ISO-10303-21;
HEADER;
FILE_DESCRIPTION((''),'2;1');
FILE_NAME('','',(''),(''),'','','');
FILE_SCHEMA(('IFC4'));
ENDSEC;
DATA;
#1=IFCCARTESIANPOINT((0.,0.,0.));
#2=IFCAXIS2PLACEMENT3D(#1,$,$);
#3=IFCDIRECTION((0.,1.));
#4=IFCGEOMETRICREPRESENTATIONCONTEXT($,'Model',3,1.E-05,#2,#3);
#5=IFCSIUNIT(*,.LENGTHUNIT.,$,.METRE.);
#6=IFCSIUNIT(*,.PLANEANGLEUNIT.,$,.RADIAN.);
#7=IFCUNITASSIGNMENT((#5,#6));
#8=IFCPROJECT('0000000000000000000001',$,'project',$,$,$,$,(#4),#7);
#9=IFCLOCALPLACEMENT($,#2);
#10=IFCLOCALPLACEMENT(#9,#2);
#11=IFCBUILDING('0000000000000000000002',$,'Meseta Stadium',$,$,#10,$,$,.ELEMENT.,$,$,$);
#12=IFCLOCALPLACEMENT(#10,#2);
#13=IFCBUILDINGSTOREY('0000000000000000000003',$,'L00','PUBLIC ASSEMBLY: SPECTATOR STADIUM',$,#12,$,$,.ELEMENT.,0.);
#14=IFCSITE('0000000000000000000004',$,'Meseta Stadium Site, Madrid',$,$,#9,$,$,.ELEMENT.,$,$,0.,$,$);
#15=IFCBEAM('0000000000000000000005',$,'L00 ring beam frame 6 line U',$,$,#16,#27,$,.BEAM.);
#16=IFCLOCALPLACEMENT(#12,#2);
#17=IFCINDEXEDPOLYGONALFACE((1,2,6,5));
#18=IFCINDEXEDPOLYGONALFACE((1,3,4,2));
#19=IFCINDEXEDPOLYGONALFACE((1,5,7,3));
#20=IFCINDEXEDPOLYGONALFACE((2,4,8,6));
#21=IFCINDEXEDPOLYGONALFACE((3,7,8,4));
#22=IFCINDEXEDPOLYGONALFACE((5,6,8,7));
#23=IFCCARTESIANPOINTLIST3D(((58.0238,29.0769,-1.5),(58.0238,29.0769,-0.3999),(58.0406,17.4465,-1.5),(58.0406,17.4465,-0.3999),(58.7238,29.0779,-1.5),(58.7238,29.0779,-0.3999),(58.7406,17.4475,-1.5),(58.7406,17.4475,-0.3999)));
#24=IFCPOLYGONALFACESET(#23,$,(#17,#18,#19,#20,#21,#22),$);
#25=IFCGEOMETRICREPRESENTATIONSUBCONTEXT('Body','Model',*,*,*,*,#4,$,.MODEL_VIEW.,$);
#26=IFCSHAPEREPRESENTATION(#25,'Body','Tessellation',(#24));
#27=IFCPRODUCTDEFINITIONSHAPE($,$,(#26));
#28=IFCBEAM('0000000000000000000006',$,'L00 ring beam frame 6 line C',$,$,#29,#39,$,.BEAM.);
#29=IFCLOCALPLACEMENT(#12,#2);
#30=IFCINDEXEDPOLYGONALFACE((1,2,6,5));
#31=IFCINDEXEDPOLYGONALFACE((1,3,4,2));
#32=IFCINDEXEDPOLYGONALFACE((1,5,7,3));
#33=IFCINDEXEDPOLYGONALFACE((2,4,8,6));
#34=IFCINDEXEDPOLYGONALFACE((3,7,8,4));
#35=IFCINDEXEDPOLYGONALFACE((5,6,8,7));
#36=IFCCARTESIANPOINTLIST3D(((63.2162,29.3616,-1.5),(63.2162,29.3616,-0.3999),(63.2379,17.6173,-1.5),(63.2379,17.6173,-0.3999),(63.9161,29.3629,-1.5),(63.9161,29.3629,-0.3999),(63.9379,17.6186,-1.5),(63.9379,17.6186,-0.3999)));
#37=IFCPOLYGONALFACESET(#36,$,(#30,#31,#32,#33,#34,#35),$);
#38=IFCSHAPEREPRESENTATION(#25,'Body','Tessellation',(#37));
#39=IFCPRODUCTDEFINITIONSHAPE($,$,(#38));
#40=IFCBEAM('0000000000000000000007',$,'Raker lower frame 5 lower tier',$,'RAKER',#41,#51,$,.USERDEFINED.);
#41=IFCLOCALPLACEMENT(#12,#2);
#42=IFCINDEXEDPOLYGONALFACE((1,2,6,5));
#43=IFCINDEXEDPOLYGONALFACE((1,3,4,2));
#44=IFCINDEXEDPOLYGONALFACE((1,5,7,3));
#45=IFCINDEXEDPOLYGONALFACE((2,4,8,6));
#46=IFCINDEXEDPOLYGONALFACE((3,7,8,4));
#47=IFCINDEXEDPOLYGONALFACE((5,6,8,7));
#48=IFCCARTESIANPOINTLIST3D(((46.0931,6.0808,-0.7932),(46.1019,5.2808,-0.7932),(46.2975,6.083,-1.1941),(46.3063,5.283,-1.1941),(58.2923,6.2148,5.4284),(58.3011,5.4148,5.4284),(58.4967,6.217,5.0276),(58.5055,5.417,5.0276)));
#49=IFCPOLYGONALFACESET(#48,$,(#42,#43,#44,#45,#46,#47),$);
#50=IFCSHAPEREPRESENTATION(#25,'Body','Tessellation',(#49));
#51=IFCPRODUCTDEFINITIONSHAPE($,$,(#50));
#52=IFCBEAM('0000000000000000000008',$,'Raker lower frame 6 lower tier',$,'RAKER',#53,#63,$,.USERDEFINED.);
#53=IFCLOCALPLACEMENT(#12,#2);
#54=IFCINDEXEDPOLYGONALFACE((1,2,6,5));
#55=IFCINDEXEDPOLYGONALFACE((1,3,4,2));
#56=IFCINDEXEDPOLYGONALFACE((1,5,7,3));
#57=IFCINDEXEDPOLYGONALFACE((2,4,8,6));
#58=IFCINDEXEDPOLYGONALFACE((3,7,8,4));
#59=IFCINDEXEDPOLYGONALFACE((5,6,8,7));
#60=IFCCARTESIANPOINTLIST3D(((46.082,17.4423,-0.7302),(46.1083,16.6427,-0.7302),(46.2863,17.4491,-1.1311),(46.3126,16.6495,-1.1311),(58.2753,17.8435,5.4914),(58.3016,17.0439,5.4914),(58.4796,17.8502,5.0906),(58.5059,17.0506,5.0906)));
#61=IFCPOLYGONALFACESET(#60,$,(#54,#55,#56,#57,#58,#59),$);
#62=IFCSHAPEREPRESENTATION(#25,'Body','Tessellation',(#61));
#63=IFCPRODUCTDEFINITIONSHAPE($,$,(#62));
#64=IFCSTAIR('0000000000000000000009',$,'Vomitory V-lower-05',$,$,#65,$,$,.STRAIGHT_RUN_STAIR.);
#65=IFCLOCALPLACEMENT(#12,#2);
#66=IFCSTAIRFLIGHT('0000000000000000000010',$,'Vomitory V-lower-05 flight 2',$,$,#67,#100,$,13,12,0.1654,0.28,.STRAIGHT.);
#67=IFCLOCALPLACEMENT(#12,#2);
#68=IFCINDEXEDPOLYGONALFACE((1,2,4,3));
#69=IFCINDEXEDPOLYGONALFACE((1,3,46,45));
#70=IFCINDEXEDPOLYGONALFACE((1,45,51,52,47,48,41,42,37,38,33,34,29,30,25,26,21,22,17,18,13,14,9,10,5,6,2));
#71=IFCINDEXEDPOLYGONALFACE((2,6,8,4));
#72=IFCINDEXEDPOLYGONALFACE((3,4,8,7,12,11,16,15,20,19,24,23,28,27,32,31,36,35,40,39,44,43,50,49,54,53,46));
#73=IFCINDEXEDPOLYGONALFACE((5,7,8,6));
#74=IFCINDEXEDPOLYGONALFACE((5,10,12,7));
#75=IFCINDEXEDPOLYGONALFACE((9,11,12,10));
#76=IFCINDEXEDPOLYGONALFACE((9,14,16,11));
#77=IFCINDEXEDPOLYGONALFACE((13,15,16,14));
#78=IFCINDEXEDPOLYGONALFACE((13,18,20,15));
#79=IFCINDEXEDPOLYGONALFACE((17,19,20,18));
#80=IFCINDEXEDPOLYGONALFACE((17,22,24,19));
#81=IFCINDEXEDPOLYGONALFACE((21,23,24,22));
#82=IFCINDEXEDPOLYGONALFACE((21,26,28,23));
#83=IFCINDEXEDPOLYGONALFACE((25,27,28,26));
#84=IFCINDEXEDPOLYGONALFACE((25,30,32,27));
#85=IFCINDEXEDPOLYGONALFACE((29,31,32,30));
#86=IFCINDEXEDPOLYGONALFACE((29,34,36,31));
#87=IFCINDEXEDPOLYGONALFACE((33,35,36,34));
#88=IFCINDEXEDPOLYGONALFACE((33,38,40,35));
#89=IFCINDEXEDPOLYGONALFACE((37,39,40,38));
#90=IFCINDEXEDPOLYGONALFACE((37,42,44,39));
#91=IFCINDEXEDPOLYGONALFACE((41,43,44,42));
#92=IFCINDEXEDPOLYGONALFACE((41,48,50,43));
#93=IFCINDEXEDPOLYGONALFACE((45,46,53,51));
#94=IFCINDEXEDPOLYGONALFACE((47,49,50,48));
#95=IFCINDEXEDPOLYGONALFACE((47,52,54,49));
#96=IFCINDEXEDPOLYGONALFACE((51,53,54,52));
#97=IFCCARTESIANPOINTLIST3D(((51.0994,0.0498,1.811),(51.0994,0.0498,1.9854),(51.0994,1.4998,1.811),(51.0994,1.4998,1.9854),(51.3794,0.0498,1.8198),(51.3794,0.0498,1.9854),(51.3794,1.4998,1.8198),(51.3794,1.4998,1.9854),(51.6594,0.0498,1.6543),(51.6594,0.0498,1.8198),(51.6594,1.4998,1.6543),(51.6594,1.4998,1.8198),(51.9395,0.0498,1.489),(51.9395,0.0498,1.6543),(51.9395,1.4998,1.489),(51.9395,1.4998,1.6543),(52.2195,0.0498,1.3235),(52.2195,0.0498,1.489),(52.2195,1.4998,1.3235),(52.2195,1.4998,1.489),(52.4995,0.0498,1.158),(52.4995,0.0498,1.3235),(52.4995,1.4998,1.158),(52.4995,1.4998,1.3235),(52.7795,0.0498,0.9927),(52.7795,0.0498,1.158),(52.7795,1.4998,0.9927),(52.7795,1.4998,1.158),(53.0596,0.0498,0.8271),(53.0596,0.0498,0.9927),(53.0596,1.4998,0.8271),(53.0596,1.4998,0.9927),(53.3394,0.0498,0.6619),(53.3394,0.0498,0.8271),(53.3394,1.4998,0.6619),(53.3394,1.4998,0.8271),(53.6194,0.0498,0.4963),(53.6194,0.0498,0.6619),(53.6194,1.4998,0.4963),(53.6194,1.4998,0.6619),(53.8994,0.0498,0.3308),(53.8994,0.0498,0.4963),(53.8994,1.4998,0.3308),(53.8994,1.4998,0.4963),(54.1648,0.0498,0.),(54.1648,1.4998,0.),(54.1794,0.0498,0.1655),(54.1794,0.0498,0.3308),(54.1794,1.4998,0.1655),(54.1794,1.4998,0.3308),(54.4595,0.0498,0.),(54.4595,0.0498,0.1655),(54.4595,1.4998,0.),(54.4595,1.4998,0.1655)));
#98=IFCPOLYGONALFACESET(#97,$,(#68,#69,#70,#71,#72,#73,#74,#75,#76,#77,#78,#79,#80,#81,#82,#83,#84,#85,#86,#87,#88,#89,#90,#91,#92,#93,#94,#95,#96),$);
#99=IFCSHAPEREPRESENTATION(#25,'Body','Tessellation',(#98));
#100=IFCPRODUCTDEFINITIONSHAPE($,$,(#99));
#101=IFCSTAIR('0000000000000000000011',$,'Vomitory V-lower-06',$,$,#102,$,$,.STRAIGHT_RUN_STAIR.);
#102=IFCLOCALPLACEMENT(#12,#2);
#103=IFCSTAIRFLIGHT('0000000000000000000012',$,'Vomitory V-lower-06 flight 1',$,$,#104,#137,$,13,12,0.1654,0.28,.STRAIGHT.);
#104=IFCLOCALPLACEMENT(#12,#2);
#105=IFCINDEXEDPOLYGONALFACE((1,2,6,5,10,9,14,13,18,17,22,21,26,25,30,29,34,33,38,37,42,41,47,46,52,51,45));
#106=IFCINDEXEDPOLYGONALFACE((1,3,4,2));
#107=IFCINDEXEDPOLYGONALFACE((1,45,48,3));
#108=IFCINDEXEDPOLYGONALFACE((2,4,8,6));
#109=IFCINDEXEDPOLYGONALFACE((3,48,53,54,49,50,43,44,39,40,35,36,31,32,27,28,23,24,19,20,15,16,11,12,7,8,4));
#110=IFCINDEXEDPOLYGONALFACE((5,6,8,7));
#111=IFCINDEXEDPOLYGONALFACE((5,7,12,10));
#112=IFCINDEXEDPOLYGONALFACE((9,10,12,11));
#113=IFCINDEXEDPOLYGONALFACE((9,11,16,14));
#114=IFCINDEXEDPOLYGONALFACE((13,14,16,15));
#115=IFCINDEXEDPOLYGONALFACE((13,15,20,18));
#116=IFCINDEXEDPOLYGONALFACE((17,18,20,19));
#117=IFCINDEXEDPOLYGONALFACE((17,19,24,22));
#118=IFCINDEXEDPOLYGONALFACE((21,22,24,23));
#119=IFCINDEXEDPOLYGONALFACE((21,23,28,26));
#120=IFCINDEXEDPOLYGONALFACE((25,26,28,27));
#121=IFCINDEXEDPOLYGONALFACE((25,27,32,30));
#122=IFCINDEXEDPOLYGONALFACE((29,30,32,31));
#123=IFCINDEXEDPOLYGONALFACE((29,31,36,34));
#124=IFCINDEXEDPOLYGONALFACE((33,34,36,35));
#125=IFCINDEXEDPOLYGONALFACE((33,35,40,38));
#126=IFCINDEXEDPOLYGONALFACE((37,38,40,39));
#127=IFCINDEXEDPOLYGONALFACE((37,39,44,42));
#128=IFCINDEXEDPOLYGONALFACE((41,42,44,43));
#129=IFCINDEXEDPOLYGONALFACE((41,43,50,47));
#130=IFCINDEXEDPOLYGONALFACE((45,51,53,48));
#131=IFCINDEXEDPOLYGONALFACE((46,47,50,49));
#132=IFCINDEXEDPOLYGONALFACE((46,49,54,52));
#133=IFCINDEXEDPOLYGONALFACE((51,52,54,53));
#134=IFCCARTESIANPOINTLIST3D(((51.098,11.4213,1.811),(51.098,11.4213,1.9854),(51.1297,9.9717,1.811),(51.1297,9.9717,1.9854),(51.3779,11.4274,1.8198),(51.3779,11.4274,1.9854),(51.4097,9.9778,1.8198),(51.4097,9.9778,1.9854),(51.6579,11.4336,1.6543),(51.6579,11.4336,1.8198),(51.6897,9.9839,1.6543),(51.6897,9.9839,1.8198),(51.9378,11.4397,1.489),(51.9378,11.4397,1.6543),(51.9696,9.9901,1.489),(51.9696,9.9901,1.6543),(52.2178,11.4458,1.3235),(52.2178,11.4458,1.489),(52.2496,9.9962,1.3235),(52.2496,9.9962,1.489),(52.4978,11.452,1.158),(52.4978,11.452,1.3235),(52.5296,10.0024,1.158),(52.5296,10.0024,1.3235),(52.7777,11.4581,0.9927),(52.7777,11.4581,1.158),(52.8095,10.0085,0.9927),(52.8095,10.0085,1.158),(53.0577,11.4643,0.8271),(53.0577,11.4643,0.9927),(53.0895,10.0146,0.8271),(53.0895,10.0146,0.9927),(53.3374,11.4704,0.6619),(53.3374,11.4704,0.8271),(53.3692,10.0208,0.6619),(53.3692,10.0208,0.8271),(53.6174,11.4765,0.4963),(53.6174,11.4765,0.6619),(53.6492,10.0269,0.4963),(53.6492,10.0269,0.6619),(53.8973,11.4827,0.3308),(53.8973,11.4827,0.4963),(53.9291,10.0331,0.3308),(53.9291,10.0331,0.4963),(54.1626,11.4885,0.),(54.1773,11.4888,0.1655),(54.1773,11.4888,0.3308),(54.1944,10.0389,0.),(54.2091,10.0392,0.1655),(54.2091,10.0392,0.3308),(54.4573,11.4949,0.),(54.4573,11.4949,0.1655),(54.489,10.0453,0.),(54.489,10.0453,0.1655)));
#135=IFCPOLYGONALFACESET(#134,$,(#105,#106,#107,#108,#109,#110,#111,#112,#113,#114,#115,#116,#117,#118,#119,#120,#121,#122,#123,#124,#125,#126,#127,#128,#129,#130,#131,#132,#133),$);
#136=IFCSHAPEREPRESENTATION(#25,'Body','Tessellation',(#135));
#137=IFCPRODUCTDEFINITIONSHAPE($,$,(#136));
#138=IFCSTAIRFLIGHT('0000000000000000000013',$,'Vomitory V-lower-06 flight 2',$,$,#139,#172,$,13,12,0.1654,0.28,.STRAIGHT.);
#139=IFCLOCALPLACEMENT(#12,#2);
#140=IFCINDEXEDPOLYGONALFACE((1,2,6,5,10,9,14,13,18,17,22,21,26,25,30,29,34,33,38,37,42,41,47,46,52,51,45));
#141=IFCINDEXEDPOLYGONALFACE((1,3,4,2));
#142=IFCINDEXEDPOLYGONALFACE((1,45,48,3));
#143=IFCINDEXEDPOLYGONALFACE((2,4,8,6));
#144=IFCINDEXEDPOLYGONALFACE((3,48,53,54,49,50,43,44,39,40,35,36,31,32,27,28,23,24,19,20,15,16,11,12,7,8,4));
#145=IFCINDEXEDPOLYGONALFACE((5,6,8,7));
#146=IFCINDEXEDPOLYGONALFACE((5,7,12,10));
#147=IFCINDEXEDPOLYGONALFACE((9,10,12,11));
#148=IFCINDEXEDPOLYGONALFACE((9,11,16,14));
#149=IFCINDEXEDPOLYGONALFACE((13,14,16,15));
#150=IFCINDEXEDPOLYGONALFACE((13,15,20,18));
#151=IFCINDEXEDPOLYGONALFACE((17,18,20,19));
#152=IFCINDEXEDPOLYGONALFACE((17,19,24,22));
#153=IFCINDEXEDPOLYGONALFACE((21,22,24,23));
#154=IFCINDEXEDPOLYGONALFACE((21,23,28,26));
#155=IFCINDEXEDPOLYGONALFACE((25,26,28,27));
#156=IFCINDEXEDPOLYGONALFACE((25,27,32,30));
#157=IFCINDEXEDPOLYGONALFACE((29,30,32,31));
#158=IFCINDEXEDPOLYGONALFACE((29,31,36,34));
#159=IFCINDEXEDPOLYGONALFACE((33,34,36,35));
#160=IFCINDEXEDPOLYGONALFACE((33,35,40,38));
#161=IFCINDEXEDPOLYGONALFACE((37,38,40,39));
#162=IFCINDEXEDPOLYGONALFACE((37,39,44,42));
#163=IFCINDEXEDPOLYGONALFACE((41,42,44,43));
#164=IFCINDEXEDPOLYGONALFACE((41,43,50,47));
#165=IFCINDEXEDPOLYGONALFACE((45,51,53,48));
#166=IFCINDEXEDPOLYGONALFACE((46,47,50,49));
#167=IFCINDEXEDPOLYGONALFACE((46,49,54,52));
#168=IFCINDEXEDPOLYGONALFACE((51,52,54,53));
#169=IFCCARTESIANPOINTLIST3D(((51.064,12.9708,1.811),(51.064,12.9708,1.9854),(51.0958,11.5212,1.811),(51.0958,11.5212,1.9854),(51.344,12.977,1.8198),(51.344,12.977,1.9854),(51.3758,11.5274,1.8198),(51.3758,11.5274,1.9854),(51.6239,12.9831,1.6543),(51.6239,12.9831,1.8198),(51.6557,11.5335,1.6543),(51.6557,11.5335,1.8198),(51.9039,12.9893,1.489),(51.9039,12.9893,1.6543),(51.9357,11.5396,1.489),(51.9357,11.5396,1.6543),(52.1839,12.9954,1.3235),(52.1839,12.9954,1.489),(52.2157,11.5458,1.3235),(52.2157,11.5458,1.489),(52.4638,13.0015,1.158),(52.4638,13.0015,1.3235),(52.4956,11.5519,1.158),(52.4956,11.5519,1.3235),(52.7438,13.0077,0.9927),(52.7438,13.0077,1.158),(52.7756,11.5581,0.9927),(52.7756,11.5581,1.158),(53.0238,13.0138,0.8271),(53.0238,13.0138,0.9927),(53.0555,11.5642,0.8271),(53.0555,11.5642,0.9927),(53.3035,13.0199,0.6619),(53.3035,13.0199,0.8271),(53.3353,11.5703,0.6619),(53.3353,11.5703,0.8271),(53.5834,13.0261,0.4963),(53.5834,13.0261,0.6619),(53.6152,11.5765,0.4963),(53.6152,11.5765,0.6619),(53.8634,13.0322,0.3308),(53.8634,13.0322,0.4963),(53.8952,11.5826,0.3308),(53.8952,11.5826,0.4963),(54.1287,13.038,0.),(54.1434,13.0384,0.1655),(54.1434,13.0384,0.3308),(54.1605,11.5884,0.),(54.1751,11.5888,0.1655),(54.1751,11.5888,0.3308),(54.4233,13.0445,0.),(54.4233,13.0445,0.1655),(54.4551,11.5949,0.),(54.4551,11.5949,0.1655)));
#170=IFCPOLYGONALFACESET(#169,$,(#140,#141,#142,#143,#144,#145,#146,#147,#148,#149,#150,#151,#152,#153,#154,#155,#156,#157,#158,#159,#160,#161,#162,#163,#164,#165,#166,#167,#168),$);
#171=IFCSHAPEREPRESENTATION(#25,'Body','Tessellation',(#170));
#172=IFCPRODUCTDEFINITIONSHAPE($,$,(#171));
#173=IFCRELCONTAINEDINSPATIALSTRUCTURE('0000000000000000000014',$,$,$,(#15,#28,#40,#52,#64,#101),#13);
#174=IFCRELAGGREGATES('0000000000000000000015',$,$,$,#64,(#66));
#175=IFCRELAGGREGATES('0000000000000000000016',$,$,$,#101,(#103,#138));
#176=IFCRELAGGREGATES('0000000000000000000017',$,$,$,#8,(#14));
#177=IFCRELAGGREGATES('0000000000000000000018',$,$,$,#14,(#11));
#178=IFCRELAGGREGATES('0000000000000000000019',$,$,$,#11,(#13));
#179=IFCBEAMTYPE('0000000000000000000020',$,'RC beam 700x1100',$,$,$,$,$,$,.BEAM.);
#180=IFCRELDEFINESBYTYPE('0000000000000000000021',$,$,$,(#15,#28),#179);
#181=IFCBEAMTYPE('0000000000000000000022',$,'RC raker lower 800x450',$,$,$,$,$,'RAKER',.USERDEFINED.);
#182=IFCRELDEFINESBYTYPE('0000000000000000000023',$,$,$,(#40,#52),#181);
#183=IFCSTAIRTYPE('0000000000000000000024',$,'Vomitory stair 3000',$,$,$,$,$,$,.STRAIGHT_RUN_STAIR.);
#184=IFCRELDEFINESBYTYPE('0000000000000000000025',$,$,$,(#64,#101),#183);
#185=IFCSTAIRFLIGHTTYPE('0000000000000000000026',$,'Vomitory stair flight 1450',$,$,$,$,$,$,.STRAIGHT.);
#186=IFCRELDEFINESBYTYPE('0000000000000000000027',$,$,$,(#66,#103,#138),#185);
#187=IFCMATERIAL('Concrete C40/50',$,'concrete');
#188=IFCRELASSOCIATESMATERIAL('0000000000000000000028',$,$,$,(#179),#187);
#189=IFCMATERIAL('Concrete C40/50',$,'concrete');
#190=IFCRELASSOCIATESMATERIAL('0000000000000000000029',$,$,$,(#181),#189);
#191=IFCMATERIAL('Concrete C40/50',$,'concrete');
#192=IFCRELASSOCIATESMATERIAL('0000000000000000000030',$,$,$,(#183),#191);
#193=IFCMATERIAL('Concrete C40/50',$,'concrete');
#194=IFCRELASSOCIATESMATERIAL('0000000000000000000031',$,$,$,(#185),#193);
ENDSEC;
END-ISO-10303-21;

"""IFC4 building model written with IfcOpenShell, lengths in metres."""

from ifc_helpers import new_model, si_unit, direction, frame, origin, origin_2d, place, context, subcontext, project, spatial, polyline, rectangle, outline, extrude, material, material_profile, profile_set, type_object, element, aggregate, save


model = new_model("IFC4")

# Units and contexts
model_context = context("Model", 3, precision=1e-05, world=origin(), true_north=direction((0.0, 1.0)))
body_context = subcontext(model_context, "Body", "Model", "MODEL_VIEW")
ifc_project = project(units=[si_unit("LENGTHUNIT", "METRE"), si_unit("PLANEANGLEUNIT", "RADIAN")], contexts=[model_context])

# Site, building, storey
site_placement = place(None, origin())
site = spatial("IfcSite", under=ifc_project, at=site_placement, Name="Meseta Stadium Site, Madrid", CompositionType="ELEMENT", RefElevation=0.0)
building_placement = place(site_placement, origin())
building = spatial("IfcBuilding", under=site, at=building_placement, Name="Meseta Stadium", CompositionType="ELEMENT")
storey_placement = place(building_placement, origin())
storey = spatial("IfcBuildingStorey", under=building, at=storey_placement, Name="L00", Description="PUBLIC ASSEMBLY: SPECTATOR STADIUM", CompositionType="ELEMENT", Elevation=0.0)

# Beams
ifc_material_1 = material(Name="Concrete C40/50", Category="concrete")
ifc_material_profile_1 = material_profile(ifc_material_1, rectangle(XDim=0.7, YDim=1.1001, at=origin_2d()), Name="RC 700x1100")
ifc_profile_set_1 = profile_set([ifc_material_profile_1], Name="Concrete C40/50")
beam_type_1 = type_object("IfcBeamType", Name="RC beam 700x1100", PredefinedType="BEAM", material=ifc_profile_set_1)
beam_1_placement = place(storey_placement, frame((58.3906, 17.447, -0.95), z_axis=(-0.001448, 0.999999, 0.0), x_axis=(-0.999999, -0.001448, 0.0)))
element("IfcBeam", 1, at=beam_1_placement, inside=storey, type_object=beam_type_1, Name="L00 ring beam frame 6 line U", PredefinedType="BEAM", context=body_context, shape_type="SweptSolid", body=[
    extrude(rectangle(XDim=0.7, YDim=1.1001, at=origin_2d()), origin(), (0.0, 0.0, 1.0), 11.6304),
])
beam_2_placement = place(storey_placement, frame((63.5879, 17.6179, -0.95), z_axis=(-0.00185, 0.999998, 0.0), x_axis=(-0.999998, -0.00185, 0.0)))
element("IfcBeam", 2, at=beam_2_placement, inside=storey, type_object=beam_type_1, Name="L00 ring beam frame 6 line C", PredefinedType="BEAM", context=body_context, shape_type="SweptSolid", body=[
    extrude(rectangle(XDim=0.7, YDim=1.1001, at=origin_2d()), origin(), (0.0, 0.0, 1.0), 11.7444),
])
ifc_material_2 = material(Name="Concrete C40/50", Category="concrete")
ifc_material_profile_2 = material_profile(ifc_material_2, rectangle(XDim=0.8, YDim=0.45, at=origin_2d()), Name="RC 800x450")
ifc_profile_set_2 = profile_set([ifc_material_profile_2], Name="Concrete C40/50")
beam_type_2 = type_object("IfcBeamType", Name="RC raker lower 800x450", ElementType="RAKER", PredefinedType="USERDEFINED", material=ifc_profile_set_2)
for number, where, z_axis, x_axis, name in (
    (3, (46.1997, 5.6819, -0.9937), (0.89079, 0.009787, 0.454309), (-0.010986, 0.99994, 0.0), "Raker lower frame 5 lower tier"),
    (4, (46.1973, 17.0459, -0.9307), (0.890363, 0.02929, 0.454309), (-0.032879, 0.999459, 0.0), "Raker lower frame 6 lower tier"),
):
    element("IfcBeam", number, at=place(storey_placement, frame(where, z_axis=z_axis, x_axis=x_axis)), inside=storey, type_object=beam_type_2, Name=name, ObjectType="RAKER", PredefinedType="USERDEFINED", context=body_context, shape_type="SweptSolid", body=[
        extrude(rectangle(XDim=0.8, YDim=0.45, at=origin_2d()), origin(), (0.0, 0.0, 1.0), 13.6948),
    ])

# Stair, stair flight
ifc_material_3 = material(Name="Concrete C40/50", Category="concrete")
stair_type = type_object("IfcStairType", Name="Vomitory stair 3000", PredefinedType="STRAIGHT_RUN_STAIR", material=ifc_material_3)
stair_1_placement = place(storey_placement, origin())
stair_1 = element("IfcStair", 5, at=stair_1_placement, inside=storey, type_object=stair_type, Name="Vomitory V-lower-05", PredefinedType="STRAIGHT_RUN_STAIR")
ifc_material_4 = material(Name="Concrete C40/50", Category="concrete")
stair_flight_type = type_object("IfcStairFlightType", Name="Vomitory stair flight 1450", PredefinedType="STRAIGHT", material=ifc_material_4)
stair_flight_1_placement = place(storey_placement, frame((54.4595, 0.7749, 0.0), z_axis=(0.0, 0.0, 1.0), x_axis=(-1.0, 0.0, 0.0)))
stair_flight_1 = element("IfcStairFlight", 6, at=stair_flight_1_placement, type_object=stair_flight_type, Name="Vomitory V-lower-05 flight 2", NumberOfRisers=13, NumberOfTreads=12, PredefinedType="STRAIGHT", RiserHeight=0.1654, TreadLength=0.28, context=body_context, shape_type="SweptSolid", body=[
    extrude(outline(polyline([(0.0, 0.0), (0.0, 0.1655), (0.28, 0.1655), (0.28, 0.3308), (0.5601, 0.3308), (0.5601, 0.4963), (0.8401, 0.4963), (0.8401, 0.6619), (1.1201, 0.6619), (1.1201, 0.8271), (1.3999, 0.8271), (1.3999, 0.9927), (1.6799, 0.9927), (1.6799, 1.158), (1.96, 1.158), (1.96, 1.3235), (2.24, 1.3235), (2.24, 1.489), (2.52, 1.489), (2.52, 1.6543), (2.8, 1.6543), (2.8, 1.8198), (3.0801, 1.8198), (3.0801, 1.9854), (3.3601, 1.9854), (3.3601, 1.811), (0.2947, 0.0), (0.0, 0.0)])), frame((0.0, 0.7251, 0.0), z_axis=(0.0, -1.0, 0.0), x_axis=(1.0, 0.0, 0.0)), (0.0, 0.0, 1.0), 1.45),
])
aggregate(stair_1, [stair_flight_1])

# Stair, stair flights
stair_2_placement = place(storey_placement, origin())
stair_2 = element("IfcStair", 7, at=stair_2_placement, inside=storey, type_object=stair_type, Name="Vomitory V-lower-06", PredefinedType="STRAIGHT_RUN_STAIR")
stair_flight_2_placement = place(storey_placement, frame((54.4731, 10.7703, 0.0), z_axis=(0.0, 0.0, 1.0), x_axis=(-0.99976, -0.021925, 0.0)))
stair_flight_2 = element("IfcStairFlight", 8, at=stair_flight_2_placement, type_object=stair_flight_type, Name="Vomitory V-lower-06 flight 1", NumberOfRisers=13, NumberOfTreads=12, PredefinedType="STRAIGHT", RiserHeight=0.1654, TreadLength=0.28, context=body_context, shape_type="SweptSolid", body=[
    extrude(outline(polyline([(0.0, 0.0), (0.0, 0.1655), (0.28, 0.1655), (0.28, 0.3308), (0.5601, 0.3308), (0.5601, 0.4963), (0.8401, 0.4963), (0.8401, 0.6619), (1.1201, 0.6619), (1.1201, 0.8271), (1.3999, 0.8271), (1.3999, 0.9927), (1.6799, 0.9927), (1.6799, 1.158), (1.96, 1.158), (1.96, 1.3235), (2.24, 1.3235), (2.24, 1.489), (2.52, 1.489), (2.52, 1.6543), (2.8, 1.6543), (2.8, 1.8198), (3.0801, 1.8198), (3.0801, 1.9854), (3.3601, 1.9854), (3.3601, 1.811), (0.2947, 0.0), (0.0, 0.0)])), frame((0.0, 0.7251, 0.0), z_axis=(0.0, -1.0, 0.0), x_axis=(1.0, 0.0, 0.0)), (0.0, 0.0, 1.0), 1.45),
])
stair_flight_3_placement = place(storey_placement, frame((54.4392, 12.3198, 0.0), z_axis=(0.0, 0.0, 1.0), x_axis=(-0.99976, -0.021925, 0.0)))
stair_flight_3 = element("IfcStairFlight", 9, at=stair_flight_3_placement, type_object=stair_flight_type, Name="Vomitory V-lower-06 flight 2", NumberOfRisers=13, NumberOfTreads=12, PredefinedType="STRAIGHT", RiserHeight=0.1654, TreadLength=0.28, context=body_context, shape_type="SweptSolid", body=[
    extrude(outline(polyline([(0.0, 0.0), (0.0, 0.1655), (0.28, 0.1655), (0.28, 0.3308), (0.5601, 0.3308), (0.5601, 0.4963), (0.8401, 0.4963), (0.8401, 0.6619), (1.1201, 0.6619), (1.1201, 0.8271), (1.3999, 0.8271), (1.3999, 0.9927), (1.6799, 0.9927), (1.6799, 1.158), (1.96, 1.158), (1.96, 1.3235), (2.24, 1.3235), (2.24, 1.489), (2.52, 1.489), (2.52, 1.6543), (2.8, 1.6543), (2.8, 1.8198), (3.0801, 1.8198), (3.0801, 1.9854), (3.3601, 1.9854), (3.3601, 1.811), (0.2947, 0.0), (0.0, 0.0)])), frame((0.0, 0.7251, 0.0), z_axis=(0.0, -1.0, 0.0), x_axis=(1.0, 0.0, 0.0)), (0.0, 0.0, 1.0), 1.45),
])
aggregate(stair_2, [stair_flight_2, stair_flight_3])

save(model, "model.ifc")
